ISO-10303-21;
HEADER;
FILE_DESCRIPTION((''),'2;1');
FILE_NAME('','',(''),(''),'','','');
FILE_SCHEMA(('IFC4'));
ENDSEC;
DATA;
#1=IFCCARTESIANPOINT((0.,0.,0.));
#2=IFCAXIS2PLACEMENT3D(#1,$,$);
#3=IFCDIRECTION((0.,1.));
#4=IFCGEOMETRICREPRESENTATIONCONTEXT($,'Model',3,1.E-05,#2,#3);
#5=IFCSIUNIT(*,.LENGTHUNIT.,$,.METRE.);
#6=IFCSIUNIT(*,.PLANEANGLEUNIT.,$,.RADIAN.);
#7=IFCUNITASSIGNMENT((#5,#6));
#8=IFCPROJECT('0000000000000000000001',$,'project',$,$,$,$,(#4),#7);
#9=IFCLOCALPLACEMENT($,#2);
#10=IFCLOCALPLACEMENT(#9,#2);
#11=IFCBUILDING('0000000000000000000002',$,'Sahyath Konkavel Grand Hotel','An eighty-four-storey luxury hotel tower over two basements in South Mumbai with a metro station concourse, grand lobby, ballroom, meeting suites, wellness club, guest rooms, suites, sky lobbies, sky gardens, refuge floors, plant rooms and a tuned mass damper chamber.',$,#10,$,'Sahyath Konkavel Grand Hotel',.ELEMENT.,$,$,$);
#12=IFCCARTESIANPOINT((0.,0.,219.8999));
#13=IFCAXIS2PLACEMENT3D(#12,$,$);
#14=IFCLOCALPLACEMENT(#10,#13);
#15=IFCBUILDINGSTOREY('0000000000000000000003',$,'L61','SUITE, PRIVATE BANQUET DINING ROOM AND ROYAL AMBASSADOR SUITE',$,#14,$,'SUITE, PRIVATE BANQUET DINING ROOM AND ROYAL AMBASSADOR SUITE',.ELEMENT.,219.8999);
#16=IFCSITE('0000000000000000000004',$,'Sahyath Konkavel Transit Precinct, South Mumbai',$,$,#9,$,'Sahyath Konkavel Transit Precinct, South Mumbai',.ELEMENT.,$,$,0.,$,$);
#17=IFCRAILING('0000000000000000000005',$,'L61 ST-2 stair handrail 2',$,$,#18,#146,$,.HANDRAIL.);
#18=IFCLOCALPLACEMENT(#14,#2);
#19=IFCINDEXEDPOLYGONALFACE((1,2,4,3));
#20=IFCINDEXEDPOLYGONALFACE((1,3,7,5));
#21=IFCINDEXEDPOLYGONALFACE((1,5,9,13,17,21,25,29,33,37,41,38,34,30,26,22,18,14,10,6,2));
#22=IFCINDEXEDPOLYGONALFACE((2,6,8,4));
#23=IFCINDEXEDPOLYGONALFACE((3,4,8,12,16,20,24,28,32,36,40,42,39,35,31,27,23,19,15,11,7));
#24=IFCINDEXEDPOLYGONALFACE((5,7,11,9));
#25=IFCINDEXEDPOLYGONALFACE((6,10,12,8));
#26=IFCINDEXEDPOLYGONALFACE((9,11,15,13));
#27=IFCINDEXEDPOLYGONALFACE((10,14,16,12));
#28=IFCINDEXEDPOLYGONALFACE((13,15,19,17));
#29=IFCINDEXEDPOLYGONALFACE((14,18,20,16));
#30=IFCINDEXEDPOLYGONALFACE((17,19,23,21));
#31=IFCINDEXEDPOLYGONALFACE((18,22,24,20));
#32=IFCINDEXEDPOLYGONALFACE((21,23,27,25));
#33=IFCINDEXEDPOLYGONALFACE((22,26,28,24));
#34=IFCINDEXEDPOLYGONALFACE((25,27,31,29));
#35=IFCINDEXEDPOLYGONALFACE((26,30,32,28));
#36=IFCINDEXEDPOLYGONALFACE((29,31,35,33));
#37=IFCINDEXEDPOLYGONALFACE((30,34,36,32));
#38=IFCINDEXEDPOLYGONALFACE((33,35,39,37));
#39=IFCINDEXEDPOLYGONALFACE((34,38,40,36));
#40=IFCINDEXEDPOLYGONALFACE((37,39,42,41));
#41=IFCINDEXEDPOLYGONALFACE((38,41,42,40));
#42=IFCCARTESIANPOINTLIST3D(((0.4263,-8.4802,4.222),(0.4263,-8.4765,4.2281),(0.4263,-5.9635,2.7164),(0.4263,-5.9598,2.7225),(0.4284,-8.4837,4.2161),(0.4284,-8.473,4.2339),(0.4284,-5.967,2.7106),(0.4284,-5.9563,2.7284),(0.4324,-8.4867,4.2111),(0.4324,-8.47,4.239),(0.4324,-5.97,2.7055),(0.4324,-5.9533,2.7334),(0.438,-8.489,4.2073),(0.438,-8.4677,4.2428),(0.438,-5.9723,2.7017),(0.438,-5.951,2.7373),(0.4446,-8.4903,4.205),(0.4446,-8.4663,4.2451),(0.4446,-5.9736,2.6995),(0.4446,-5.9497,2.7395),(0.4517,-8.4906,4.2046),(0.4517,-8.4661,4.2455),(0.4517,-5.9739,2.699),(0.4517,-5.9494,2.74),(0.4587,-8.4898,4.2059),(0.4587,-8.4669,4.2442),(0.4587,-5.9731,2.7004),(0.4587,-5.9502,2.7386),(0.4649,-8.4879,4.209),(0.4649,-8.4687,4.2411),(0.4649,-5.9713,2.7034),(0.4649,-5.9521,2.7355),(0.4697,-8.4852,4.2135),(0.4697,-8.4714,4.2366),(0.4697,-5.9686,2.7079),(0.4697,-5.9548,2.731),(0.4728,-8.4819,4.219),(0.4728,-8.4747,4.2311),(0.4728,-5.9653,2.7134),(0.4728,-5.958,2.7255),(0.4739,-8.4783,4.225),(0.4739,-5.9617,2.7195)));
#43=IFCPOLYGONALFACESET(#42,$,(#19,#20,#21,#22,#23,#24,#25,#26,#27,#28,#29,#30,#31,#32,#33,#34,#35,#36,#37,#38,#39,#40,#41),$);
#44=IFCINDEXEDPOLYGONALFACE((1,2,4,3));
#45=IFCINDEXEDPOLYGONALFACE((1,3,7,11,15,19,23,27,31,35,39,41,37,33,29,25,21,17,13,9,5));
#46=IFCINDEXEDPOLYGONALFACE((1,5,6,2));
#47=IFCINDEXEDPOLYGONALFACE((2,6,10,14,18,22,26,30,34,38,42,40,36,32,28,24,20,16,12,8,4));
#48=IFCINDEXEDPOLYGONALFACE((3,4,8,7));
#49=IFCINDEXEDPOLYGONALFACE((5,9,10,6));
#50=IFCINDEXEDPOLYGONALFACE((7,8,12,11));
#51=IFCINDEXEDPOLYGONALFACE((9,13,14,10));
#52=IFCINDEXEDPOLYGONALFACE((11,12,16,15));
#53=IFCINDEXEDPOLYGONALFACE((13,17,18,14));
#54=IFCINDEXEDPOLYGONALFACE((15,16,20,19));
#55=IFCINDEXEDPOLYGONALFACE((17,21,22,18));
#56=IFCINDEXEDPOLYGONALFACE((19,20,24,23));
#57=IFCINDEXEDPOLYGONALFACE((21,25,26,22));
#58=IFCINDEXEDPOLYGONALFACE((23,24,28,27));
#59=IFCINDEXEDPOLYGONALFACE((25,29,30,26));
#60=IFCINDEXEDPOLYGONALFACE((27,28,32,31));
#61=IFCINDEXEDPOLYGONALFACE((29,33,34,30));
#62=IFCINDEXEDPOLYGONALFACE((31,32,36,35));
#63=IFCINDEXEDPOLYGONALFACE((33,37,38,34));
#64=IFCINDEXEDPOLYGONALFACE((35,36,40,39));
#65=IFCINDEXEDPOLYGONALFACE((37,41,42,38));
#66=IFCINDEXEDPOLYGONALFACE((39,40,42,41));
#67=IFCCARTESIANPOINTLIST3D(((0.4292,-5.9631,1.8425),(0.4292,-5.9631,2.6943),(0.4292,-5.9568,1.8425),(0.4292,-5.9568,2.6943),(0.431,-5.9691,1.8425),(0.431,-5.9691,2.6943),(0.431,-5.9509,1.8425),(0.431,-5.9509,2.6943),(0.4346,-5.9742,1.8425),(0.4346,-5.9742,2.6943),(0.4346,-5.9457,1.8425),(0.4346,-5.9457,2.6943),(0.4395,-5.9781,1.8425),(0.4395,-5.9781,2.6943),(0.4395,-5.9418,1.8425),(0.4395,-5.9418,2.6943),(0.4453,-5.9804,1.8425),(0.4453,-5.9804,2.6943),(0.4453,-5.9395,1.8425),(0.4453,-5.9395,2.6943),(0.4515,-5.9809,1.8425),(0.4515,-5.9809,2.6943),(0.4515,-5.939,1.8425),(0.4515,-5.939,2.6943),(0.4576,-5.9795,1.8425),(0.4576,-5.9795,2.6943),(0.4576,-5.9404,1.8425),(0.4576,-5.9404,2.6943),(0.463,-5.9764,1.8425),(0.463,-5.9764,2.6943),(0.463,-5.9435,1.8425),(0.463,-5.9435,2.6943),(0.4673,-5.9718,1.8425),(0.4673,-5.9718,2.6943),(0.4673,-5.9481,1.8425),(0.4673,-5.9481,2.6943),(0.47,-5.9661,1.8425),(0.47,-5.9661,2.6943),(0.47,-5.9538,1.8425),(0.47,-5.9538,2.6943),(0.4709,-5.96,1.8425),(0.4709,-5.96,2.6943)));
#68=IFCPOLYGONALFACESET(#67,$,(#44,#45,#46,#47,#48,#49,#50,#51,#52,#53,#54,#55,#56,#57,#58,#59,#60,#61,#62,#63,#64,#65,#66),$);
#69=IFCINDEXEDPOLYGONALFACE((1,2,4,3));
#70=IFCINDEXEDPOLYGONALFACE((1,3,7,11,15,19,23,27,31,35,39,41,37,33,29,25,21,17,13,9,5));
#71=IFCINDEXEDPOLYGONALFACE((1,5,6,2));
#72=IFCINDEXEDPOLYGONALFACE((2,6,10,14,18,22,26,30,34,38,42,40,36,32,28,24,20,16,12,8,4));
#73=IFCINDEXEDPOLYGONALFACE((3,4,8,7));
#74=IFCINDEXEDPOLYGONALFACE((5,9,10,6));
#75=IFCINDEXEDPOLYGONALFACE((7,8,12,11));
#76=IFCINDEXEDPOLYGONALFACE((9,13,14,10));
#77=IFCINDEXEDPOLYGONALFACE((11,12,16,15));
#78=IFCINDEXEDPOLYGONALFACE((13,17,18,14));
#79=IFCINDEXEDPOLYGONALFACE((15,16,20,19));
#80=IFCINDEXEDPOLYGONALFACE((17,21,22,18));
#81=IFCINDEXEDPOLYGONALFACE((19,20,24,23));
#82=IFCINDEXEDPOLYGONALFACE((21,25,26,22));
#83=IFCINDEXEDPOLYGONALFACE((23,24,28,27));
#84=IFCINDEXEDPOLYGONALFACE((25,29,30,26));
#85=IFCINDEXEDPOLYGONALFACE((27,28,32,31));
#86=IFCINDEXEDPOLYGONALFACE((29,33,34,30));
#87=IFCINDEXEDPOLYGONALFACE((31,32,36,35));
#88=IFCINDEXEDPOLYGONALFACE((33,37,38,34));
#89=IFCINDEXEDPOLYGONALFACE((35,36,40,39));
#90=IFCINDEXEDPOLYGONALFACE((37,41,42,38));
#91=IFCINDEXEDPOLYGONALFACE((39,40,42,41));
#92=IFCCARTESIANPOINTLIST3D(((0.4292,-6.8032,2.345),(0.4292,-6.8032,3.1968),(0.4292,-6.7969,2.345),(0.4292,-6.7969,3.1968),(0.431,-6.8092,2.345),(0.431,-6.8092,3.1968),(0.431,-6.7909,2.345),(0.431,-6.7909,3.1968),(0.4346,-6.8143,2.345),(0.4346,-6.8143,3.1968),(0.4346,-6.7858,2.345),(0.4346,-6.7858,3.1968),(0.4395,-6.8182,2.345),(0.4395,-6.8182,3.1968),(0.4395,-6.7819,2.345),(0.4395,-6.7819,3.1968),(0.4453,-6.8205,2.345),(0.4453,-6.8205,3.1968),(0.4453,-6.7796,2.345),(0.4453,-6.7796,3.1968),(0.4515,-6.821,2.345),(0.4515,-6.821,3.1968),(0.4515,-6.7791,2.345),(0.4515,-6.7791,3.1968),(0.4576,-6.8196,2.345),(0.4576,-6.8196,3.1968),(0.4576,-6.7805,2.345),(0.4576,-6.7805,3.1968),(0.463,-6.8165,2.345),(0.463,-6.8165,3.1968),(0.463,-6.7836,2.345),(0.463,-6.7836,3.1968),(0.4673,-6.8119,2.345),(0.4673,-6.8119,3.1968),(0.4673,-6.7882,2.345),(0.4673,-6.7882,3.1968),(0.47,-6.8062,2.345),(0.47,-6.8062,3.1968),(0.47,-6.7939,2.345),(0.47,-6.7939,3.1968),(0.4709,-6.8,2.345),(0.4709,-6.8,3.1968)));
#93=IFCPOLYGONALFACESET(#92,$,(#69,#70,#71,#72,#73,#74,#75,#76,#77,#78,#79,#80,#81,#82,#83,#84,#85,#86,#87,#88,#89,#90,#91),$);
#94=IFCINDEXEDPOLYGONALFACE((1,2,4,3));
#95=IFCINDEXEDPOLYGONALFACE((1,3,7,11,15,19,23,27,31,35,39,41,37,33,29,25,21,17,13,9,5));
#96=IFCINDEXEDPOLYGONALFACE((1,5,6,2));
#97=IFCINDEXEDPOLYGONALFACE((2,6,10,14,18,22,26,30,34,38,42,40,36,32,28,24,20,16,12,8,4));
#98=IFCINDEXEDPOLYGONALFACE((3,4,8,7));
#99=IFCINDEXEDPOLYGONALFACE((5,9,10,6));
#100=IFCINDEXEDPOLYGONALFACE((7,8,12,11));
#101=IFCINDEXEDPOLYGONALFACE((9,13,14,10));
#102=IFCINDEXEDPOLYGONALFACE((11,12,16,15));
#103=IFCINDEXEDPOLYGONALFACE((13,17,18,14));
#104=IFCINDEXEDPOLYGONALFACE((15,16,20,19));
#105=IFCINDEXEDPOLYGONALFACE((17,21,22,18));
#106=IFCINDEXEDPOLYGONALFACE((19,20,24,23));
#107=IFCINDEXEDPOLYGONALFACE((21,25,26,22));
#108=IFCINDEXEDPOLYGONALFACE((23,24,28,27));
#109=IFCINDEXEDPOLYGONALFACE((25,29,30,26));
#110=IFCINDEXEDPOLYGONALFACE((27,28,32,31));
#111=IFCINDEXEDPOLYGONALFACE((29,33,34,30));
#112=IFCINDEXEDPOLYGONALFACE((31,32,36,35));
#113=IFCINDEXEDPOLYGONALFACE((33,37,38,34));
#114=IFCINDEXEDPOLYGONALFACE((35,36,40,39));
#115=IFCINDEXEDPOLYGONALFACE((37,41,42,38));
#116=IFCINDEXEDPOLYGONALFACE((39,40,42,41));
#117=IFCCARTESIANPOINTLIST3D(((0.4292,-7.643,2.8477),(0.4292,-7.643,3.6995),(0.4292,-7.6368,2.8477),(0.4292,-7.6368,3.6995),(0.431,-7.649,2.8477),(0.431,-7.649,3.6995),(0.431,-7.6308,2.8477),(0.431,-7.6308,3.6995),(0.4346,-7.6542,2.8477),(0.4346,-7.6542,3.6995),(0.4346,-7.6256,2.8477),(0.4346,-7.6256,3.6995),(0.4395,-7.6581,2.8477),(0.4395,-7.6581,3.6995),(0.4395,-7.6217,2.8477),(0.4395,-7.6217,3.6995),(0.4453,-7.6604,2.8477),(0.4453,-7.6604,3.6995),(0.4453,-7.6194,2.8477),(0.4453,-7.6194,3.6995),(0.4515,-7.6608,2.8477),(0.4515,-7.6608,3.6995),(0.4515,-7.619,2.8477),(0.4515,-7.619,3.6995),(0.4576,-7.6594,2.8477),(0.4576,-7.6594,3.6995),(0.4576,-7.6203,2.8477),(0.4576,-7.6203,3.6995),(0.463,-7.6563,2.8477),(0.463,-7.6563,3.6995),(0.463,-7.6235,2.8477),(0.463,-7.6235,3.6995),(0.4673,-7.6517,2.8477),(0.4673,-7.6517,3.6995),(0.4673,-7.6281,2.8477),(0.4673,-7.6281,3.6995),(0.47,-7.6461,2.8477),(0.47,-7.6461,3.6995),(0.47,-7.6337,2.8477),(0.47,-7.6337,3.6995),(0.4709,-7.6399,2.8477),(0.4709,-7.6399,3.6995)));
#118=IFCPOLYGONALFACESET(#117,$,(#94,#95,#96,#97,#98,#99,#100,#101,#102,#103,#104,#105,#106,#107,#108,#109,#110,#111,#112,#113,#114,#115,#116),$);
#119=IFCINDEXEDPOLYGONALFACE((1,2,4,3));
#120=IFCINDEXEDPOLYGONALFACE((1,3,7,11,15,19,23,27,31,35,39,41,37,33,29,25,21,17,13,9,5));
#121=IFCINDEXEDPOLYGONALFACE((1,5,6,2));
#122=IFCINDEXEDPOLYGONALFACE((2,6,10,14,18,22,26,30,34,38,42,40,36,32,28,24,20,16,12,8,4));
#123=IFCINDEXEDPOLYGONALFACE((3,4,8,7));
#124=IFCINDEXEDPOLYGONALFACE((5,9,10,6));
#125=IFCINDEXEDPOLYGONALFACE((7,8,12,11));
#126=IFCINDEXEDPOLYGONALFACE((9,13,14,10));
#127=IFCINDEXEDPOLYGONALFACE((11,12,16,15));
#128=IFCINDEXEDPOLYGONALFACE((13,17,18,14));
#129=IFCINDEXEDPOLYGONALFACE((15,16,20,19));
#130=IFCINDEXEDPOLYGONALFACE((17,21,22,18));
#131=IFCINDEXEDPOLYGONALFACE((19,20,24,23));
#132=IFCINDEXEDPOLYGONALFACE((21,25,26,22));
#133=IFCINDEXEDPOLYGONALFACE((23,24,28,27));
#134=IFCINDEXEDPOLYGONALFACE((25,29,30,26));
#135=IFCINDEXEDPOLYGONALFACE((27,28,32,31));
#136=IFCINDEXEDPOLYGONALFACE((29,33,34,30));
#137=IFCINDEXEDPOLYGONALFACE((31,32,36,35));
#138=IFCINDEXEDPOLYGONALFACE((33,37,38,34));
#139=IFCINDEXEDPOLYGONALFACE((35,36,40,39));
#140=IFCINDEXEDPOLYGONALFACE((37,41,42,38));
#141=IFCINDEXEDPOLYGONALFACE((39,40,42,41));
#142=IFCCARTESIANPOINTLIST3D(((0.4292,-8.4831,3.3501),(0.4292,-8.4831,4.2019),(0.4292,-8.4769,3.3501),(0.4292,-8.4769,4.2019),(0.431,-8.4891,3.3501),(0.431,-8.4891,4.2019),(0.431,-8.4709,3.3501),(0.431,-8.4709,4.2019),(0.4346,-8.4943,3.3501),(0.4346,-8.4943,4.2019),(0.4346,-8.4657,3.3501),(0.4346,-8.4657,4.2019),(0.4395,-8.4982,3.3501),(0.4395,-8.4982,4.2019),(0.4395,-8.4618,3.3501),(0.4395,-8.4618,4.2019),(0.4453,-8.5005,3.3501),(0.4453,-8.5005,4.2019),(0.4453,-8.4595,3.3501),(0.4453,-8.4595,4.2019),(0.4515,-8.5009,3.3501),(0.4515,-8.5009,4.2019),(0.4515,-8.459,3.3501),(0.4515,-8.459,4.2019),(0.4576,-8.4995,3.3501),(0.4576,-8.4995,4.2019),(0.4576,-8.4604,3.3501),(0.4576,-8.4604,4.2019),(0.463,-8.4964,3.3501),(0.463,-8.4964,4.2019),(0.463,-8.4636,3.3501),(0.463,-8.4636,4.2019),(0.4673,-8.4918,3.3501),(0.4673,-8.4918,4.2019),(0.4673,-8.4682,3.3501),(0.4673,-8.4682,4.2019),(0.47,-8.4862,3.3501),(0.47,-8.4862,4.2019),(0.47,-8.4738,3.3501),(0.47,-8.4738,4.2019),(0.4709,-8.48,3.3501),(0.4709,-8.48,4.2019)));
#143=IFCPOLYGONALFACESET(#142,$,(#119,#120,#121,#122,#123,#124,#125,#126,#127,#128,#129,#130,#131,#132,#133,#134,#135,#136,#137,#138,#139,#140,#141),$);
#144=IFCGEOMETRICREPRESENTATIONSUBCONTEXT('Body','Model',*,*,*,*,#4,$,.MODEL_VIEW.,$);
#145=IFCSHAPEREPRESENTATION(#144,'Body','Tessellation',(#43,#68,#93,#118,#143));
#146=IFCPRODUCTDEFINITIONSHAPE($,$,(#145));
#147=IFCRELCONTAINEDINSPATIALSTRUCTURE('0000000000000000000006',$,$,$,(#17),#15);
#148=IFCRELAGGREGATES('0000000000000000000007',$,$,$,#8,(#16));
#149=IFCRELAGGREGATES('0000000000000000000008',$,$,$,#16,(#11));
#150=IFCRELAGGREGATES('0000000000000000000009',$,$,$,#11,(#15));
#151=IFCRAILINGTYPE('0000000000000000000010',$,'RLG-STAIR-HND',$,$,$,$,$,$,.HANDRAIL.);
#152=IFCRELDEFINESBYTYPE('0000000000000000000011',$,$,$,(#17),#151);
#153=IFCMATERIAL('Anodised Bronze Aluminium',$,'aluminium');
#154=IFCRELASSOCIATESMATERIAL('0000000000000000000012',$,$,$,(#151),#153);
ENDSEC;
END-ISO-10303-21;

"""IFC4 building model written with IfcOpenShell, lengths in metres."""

from ifc_helpers import new_model, si_unit, direction, frame, origin, origin_2d, place, context, subcontext, project, spatial, circle, extrude, material, type_object, element, save


model = new_model("IFC4")

# Units and contexts
model_context = context("Model", 3, precision=1e-05, world=origin(), true_north=direction((0.0, 1.0)))
body_context = subcontext(model_context, "Body", "Model", "MODEL_VIEW")
ifc_project = project(units=[si_unit("LENGTHUNIT", "METRE"), si_unit("PLANEANGLEUNIT", "RADIAN")], contexts=[model_context])

# Site, building, storey
site_placement = place(None, origin())
site = spatial("IfcSite", under=ifc_project, at=site_placement, Name="Sahyath Konkavel Transit Precinct, South Mumbai", LongName="Sahyath Konkavel Transit Precinct, South Mumbai", CompositionType="ELEMENT", RefElevation=0.0)
building_placement = place(site_placement, origin())
building = spatial("IfcBuilding", under=site, at=building_placement, Name="Sahyath Konkavel Grand Hotel", Description="An eighty-four-storey luxury hotel tower over two basements in South Mumbai with a metro station concourse, grand lobby, ballroom, meeting suites, wellness club, guest rooms, suites, sky lobbies, sky gardens, refuge floors, plant rooms and a tuned mass damper chamber.", LongName="Sahyath Konkavel Grand Hotel", CompositionType="ELEMENT")
storey_placement = place(building_placement, frame((0.0, 0.0, 219.8999)))
storey = spatial("IfcBuildingStorey", under=building, at=storey_placement, Name="L61", Description="SUITE, PRIVATE BANQUET DINING ROOM AND ROYAL AMBASSADOR SUITE", LongName="SUITE, PRIVATE BANQUET DINING ROOM AND ROYAL AMBASSADOR SUITE", CompositionType="ELEMENT", Elevation=219.8999)

# Shared definitions
ifc_material_1 = material(Name="Anodised Bronze Aluminium", Category="aluminium")

# Railing
railing_type_1 = type_object("IfcRailingType", Name="RLG-STAIR-HND", PredefinedType="HANDRAIL", material=ifc_material_1)
railing_1_placement = place(storey_placement, frame((0.45, -5.96, 1.8425)))
element("IfcRailing", 1, at=railing_1_placement, inside=storey, type_object=railing_type_1, Name="L61 ST-2 stair handrail 2", PredefinedType="HANDRAIL", context=body_context, shape_type="SweptSolid", body=[
    extrude(circle(Radius=0.0239, at=origin_2d()), frame((0.0, -0.0017, 0.877), z_axis=(0.0, -0.85816, 0.513383), x_axis=(1.0, 0.0, 0.0)), (0.0, 0.0, 1.0), 2.9326),
    extrude(circle(Radius=0.021, at=origin_2d()), origin(), (0.0, 0.0, 1.0), 0.8518),
    extrude(circle(Radius=0.021, at=origin_2d()), frame((0.0, -0.8401, 0.5024)), (0.0, 0.0, 1.0), 0.8518),
    extrude(circle(Radius=0.021, at=origin_2d()), frame((0.0, -1.6799, 1.0051)), (0.0, 0.0, 1.0), 0.8518),
    extrude(circle(Radius=0.021, at=origin_2d()), frame((0.0, -2.52, 1.5076)), (0.0, 0.0, 1.0), 0.8518),
])

save(model, "model.ifc")
